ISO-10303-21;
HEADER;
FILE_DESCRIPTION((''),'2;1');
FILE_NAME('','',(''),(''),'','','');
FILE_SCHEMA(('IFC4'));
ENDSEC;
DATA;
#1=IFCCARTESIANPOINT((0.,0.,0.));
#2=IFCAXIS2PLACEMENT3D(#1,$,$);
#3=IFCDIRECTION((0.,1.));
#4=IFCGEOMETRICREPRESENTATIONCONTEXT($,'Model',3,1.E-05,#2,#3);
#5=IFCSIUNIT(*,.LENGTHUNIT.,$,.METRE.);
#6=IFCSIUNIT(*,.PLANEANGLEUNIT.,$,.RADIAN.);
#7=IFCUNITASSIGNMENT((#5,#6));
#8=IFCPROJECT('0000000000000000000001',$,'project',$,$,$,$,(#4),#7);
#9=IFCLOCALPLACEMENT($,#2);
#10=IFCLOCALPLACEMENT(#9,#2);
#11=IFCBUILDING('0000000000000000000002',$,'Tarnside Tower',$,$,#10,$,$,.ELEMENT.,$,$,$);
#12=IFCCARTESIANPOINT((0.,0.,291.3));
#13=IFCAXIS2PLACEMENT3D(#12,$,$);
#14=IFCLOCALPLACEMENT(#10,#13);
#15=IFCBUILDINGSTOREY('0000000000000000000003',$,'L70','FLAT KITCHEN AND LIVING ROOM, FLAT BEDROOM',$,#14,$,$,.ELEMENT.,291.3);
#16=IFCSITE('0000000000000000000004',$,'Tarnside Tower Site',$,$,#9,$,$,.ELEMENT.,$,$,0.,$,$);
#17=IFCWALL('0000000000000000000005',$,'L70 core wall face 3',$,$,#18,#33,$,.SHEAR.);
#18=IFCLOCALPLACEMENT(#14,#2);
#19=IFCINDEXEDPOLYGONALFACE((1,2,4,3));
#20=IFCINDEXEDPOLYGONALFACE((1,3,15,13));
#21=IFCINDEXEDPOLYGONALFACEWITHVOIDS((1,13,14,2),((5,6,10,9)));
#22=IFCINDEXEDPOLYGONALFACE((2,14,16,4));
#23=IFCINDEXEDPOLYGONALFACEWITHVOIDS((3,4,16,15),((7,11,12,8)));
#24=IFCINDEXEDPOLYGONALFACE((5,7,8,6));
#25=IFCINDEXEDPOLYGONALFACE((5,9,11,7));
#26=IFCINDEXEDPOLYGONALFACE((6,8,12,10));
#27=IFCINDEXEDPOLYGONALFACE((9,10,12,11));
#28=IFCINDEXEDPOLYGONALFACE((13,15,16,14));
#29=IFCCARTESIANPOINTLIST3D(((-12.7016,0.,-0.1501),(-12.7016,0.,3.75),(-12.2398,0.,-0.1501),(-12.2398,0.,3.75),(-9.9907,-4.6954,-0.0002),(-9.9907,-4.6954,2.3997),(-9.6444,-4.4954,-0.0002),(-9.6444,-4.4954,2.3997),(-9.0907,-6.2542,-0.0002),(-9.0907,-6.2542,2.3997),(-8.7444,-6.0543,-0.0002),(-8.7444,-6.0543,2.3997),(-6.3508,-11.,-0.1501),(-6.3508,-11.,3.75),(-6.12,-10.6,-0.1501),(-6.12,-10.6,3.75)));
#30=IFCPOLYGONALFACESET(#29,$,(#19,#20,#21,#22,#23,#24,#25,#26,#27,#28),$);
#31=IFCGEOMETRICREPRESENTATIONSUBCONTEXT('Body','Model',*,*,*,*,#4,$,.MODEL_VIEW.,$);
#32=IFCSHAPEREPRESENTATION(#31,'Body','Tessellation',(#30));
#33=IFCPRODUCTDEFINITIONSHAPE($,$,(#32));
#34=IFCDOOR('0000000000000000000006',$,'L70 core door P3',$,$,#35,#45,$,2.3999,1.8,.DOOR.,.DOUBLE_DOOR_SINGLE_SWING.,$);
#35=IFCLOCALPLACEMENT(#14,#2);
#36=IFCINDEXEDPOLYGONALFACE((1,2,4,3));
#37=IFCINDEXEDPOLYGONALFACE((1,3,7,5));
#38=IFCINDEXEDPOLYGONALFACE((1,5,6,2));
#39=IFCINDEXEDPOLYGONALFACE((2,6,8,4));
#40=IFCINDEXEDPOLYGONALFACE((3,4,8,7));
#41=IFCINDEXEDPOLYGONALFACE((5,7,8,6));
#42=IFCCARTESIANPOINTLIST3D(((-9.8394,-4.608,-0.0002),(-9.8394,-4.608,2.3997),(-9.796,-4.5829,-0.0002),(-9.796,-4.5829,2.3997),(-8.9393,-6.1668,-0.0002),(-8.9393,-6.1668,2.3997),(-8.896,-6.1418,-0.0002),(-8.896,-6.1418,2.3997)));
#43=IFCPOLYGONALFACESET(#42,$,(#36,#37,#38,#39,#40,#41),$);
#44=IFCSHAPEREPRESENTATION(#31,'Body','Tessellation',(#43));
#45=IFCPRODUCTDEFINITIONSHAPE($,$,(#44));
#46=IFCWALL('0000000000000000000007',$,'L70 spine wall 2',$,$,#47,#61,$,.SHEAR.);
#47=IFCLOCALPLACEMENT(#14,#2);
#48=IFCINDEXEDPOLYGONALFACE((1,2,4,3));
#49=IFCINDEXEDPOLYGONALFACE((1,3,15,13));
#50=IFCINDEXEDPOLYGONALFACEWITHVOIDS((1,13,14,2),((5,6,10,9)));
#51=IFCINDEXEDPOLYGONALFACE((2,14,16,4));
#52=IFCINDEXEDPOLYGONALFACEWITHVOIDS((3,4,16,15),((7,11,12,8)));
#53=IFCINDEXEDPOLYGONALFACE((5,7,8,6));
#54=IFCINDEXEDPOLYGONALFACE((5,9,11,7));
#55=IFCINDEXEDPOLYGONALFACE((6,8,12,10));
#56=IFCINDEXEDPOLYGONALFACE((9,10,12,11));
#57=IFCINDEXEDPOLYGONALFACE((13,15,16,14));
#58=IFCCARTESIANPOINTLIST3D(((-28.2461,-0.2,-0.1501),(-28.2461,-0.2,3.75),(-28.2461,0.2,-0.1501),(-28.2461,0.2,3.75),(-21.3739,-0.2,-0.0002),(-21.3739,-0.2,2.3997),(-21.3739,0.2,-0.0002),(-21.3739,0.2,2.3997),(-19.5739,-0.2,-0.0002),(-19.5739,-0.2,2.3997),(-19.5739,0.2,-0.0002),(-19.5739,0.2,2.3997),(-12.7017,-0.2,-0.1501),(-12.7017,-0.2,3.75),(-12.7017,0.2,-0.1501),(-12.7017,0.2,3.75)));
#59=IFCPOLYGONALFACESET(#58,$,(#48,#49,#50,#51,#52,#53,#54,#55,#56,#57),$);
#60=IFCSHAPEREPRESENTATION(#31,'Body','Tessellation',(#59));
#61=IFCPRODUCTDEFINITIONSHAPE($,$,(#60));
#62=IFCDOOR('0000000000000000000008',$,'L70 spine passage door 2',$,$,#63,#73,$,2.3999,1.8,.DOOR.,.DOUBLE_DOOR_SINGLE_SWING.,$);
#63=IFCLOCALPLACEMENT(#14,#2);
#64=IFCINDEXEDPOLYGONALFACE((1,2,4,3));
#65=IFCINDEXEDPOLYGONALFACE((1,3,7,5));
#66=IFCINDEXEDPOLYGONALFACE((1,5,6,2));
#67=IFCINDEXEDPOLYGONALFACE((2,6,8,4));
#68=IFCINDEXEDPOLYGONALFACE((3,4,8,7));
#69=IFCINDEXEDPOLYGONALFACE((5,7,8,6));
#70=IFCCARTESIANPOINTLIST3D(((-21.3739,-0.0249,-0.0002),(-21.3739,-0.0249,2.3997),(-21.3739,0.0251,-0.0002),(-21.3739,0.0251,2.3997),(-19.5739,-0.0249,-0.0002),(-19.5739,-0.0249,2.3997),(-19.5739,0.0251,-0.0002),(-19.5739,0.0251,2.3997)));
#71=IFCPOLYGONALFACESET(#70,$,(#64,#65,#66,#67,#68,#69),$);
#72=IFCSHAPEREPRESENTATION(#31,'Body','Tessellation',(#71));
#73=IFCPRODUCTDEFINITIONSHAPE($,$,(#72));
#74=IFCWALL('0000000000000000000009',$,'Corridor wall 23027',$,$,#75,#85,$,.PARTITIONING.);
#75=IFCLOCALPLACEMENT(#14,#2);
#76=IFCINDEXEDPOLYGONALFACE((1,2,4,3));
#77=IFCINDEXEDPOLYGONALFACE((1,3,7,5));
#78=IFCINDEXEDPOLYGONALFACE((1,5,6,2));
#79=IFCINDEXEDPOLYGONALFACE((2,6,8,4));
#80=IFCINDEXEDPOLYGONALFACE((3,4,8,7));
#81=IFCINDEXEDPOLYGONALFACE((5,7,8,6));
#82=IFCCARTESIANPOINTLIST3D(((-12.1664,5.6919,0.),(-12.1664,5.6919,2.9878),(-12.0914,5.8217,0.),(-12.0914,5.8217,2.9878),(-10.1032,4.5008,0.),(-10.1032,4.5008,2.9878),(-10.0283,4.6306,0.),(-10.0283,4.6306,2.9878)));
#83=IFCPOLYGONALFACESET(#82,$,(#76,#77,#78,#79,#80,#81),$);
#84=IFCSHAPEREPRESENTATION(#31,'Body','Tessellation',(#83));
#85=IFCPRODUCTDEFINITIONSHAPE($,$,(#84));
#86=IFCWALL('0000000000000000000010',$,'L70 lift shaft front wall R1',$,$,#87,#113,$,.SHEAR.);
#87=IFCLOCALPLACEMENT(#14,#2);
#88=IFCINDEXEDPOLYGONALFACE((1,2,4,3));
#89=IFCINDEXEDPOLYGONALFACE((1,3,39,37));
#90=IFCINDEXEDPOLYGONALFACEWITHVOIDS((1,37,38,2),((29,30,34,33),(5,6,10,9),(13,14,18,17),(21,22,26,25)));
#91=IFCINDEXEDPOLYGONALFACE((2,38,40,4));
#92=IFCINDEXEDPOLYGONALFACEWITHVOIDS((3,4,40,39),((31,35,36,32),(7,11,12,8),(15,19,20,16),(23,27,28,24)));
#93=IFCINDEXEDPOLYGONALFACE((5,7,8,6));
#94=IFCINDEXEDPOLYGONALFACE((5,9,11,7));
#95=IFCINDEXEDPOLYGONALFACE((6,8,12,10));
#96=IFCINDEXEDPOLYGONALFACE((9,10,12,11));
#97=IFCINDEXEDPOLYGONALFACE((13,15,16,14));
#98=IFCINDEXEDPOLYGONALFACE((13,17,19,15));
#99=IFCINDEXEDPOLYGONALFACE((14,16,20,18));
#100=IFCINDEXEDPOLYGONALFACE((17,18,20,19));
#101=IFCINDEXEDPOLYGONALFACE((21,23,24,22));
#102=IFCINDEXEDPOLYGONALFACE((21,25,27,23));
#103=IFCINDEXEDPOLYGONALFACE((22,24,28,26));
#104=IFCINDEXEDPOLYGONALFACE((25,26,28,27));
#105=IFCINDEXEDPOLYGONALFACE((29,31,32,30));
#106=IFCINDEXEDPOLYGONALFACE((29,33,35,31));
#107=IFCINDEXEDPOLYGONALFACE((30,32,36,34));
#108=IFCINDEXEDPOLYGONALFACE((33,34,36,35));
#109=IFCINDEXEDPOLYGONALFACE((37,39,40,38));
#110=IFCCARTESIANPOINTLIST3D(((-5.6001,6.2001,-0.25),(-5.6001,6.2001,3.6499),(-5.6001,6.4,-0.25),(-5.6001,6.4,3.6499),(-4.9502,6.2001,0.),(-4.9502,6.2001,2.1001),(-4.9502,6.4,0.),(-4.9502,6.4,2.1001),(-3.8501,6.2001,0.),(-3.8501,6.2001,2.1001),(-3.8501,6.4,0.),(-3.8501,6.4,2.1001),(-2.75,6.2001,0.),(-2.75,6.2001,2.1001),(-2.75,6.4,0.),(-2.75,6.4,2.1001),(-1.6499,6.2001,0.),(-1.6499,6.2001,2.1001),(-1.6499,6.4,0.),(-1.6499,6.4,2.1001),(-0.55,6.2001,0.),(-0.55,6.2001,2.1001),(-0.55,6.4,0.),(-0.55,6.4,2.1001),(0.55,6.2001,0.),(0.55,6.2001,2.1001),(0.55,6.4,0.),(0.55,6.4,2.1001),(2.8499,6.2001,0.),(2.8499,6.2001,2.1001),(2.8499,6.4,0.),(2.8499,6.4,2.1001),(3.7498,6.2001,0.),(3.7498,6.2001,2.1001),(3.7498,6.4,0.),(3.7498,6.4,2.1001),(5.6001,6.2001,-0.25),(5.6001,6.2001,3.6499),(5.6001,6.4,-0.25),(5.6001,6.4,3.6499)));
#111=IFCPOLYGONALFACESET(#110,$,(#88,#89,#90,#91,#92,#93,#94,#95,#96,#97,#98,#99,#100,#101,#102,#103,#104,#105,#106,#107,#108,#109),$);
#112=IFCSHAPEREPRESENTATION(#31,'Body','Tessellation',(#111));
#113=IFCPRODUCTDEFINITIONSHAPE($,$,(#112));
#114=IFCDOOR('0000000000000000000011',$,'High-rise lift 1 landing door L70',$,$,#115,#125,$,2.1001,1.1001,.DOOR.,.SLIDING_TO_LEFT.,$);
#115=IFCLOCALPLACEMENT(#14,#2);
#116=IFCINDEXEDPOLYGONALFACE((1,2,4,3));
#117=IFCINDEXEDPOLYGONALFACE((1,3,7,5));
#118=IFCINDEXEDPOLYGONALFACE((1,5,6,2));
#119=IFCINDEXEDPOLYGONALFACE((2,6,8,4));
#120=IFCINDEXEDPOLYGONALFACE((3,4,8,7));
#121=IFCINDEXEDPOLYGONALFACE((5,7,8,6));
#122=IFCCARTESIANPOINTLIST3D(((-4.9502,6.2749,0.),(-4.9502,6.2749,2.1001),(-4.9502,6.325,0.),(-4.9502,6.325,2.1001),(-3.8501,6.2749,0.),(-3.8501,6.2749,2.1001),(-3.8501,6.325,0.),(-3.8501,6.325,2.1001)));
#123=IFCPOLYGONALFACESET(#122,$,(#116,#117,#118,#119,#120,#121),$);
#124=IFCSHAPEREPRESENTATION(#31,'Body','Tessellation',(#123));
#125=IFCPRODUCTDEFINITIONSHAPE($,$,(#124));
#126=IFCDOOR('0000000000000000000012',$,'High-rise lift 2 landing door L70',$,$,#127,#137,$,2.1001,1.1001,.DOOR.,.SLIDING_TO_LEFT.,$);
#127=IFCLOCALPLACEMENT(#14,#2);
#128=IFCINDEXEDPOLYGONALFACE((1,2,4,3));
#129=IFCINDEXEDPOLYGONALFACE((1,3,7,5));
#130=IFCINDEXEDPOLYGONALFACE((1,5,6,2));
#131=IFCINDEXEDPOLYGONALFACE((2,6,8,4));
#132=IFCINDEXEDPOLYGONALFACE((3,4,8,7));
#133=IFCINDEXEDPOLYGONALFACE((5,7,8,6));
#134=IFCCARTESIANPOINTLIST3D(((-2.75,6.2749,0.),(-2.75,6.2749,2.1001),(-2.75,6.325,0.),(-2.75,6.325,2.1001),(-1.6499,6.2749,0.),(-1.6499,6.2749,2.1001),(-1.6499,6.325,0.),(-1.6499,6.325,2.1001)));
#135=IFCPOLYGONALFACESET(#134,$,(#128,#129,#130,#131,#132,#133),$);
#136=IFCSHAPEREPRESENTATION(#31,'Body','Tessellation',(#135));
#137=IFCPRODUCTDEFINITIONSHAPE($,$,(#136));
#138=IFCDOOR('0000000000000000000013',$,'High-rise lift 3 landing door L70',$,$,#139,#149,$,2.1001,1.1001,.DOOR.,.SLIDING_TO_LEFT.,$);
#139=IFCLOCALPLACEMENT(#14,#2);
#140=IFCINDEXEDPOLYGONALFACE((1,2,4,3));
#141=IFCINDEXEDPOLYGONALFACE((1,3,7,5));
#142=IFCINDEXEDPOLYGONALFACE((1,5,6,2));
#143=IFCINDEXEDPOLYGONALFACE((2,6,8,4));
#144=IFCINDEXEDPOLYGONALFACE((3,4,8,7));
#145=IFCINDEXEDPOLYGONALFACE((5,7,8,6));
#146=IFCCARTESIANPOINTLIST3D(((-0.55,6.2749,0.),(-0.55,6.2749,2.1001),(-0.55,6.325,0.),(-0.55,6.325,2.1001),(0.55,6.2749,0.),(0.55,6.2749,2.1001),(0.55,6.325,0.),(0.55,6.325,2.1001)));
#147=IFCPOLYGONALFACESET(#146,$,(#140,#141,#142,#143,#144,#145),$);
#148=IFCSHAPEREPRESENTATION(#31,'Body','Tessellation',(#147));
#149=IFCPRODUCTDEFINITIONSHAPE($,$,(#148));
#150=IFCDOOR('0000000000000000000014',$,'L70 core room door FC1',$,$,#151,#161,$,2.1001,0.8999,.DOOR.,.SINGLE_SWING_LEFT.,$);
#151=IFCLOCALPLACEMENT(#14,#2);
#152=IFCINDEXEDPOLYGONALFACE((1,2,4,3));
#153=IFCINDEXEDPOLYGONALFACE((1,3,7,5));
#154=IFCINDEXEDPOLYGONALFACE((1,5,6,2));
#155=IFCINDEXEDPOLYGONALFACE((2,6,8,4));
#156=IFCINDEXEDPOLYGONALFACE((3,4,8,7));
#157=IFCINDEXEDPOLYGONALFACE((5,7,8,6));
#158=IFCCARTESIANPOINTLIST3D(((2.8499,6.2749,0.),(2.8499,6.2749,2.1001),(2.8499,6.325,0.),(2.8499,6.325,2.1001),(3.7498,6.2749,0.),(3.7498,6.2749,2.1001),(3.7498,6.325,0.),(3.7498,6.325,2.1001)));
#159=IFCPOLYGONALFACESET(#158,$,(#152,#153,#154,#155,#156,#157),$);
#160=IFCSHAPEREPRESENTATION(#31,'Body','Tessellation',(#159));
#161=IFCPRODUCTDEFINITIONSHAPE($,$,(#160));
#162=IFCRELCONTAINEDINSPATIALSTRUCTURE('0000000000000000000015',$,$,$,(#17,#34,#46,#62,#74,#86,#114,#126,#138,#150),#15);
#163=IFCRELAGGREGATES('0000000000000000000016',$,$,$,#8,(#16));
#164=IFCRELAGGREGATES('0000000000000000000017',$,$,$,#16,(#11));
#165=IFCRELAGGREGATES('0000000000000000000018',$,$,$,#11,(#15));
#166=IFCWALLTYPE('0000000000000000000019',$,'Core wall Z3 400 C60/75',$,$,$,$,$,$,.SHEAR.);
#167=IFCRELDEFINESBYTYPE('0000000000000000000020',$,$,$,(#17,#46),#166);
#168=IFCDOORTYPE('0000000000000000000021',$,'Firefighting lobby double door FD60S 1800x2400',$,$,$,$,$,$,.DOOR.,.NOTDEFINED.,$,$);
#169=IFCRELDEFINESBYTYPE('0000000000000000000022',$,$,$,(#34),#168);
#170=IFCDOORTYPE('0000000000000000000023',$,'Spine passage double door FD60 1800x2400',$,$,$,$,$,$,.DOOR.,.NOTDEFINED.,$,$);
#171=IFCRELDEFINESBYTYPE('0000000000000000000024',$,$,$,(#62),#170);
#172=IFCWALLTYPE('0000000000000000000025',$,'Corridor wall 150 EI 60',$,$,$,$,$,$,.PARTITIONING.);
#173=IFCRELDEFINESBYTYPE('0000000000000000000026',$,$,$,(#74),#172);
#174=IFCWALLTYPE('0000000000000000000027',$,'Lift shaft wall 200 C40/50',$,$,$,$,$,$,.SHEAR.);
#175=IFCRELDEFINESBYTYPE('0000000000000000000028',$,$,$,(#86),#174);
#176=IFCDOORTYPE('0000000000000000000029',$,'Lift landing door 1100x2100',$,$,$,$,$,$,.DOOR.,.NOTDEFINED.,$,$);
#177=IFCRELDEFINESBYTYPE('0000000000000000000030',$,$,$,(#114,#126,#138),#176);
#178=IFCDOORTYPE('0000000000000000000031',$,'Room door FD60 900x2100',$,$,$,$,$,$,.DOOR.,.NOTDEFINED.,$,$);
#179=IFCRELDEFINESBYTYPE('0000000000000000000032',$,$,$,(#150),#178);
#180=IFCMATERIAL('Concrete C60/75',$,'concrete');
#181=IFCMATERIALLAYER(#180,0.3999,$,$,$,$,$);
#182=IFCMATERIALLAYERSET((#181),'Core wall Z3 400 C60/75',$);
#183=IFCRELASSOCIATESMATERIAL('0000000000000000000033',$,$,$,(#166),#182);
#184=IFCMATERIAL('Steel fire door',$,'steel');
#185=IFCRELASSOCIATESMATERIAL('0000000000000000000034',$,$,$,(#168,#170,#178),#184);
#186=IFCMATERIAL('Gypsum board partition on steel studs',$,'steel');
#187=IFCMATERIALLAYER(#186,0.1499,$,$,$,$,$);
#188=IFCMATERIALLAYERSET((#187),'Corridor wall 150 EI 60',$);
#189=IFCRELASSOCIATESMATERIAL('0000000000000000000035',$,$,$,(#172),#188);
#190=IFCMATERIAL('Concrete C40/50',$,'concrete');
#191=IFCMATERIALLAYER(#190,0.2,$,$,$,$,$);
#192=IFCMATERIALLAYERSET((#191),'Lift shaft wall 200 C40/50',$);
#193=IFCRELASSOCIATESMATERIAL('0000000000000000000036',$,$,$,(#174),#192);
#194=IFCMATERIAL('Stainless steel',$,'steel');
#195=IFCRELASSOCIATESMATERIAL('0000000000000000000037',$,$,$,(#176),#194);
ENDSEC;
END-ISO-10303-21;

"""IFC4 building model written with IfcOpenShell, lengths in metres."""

from ifc_helpers import new_model, si_unit, direction, frame, frame_2d, origin, place, context, subcontext, project, spatial, polyline, rectangle, outline, extrude, material, layer, layer_set, type_object, element, fill, save


model = new_model("IFC4")

# Units and contexts
model_context = context("Model", 3, precision=1e-05, world=origin(), true_north=direction((0.0, 1.0)))
body_context = subcontext(model_context, "Body", "Model", "MODEL_VIEW")
ifc_project = project(units=[si_unit("LENGTHUNIT", "METRE"), si_unit("PLANEANGLEUNIT", "RADIAN")], contexts=[model_context])

# Site, building, storey
site_placement = place(None, origin())
site = spatial("IfcSite", under=ifc_project, at=site_placement, Name="Tarnside Tower Site", CompositionType="ELEMENT", RefElevation=0.0)
building_placement = place(site_placement, origin())
building = spatial("IfcBuilding", under=site, at=building_placement, Name="Tarnside Tower", CompositionType="ELEMENT")
storey_placement = place(building_placement, frame((0.0, 0.0, 291.3)))
storey = spatial("IfcBuildingStorey", under=building, at=storey_placement, Name="L70", Description="FLAT KITCHEN AND LIVING ROOM, FLAT BEDROOM", CompositionType="ELEMENT", Elevation=291.3)

# Walls, openings, doors
ifc_material_1 = material(Name="Concrete C60/75", Category="concrete")
ifc_layer_1 = layer(ifc_material_1, 0.3999)
ifc_layer_set_1 = layer_set([ifc_layer_1], Name="Core wall Z3 400 C60/75")
wall_type_1 = type_object("IfcWallType", Name="Core wall Z3 400 C60/75", PredefinedType="SHEAR", material=ifc_layer_set_1)
wall_1_placement = place(storey_placement, frame((-12.4707, 0.0, -0.1501), z_axis=(0.0, 0.0, 1.0), x_axis=(0.499996, -0.866027, 0.0)))
wall_1 = element("IfcWall", 1, at=wall_1_placement, inside=storey, type_object=wall_type_1, Name="L70 core wall face 3", PredefinedType="SHEAR", context=body_context, shape_type="SweptSolid", body=[
    extrude(outline(polyline([(-0.1155, -0.2), (12.5862, -0.2), (12.3552, 0.2), (0.1155, 0.2), (-0.1155, -0.2)])), origin(), (0.0, 0.0, 1.0), 3.9001),
])
opening_1_placement = place(wall_1_placement, frame((5.3064, 0.0, 0.1499)))
opening_1 = element("IfcOpeningElement", 2, at=opening_1_placement, cuts=wall_1, PredefinedType="OPENING", context=body_context, shape_type="SweptSolid", body=[
    extrude(rectangle(XDim=1.8, YDim=2.3999, at=frame_2d((0.8999, 1.2))), frame((0.0, 0.21, 0.0), z_axis=(0.0, -1.0, 0.0), x_axis=(1.0, 0.0, 0.0)), (0.0, 0.0, 1.0), 0.4199),
])
ifc_material_2 = material(Name="Steel fire door", Category="steel")
door_type_1 = type_object("IfcDoorType", Name="Firefighting lobby double door FD60S 1800x2400", OperationType="NOTDEFINED", PredefinedType="DOOR", material=ifc_material_2)
door_1_placement = place(opening_1_placement, origin())
door_1 = element("IfcDoor", 3, at=door_1_placement, inside=storey, type_object=door_type_1, Name="L70 core door P3", OperationType="DOUBLE_DOOR_SINGLE_SWING", OverallHeight=2.3999, OverallWidth=1.8, PredefinedType="DOOR", context=body_context, shape_type="SweptSolid", body=[
    extrude(rectangle(XDim=1.8, YDim=2.3999, at=frame_2d((0.8999, 1.2))), frame((0.0, 0.0249, 0.0), z_axis=(0.0, -1.0, 0.0), x_axis=(1.0, 0.0, 0.0)), (0.0, 0.0, 1.0), 0.05),
])
fill(opening_1, door_1)
wall_2_placement = place(storey_placement, frame((-12.7017, 0.0, -0.1501), z_axis=(0.0, 0.0, 1.0), x_axis=(-1.0, 0.0, 0.0)))
wall_2 = element("IfcWall", 4, at=wall_2_placement, inside=storey, type_object=wall_type_1, Name="L70 spine wall 2", PredefinedType="SHEAR", context=body_context, shape_type="SweptSolid", body=[
    extrude(rectangle(XDim=15.5444, YDim=0.3999, at=frame_2d((7.7722, 0.0))), origin(), (0.0, 0.0, 1.0), 3.9001),
])
opening_2_placement = place(wall_2_placement, frame((6.8723, 0.0, 0.1499)))
opening_2 = element("IfcOpeningElement", 5, at=opening_2_placement, cuts=wall_2, PredefinedType="OPENING", context=body_context, shape_type="SweptSolid", body=[
    extrude(rectangle(XDim=1.8, YDim=2.3999, at=frame_2d((0.8999, 1.2))), frame((0.0, 0.21, 0.0), z_axis=(0.0, -1.0, 0.0), x_axis=(1.0, 0.0, 0.0)), (0.0, 0.0, 1.0), 0.4199),
])
door_type_2 = type_object("IfcDoorType", Name="Spine passage double door FD60 1800x2400", OperationType="NOTDEFINED", PredefinedType="DOOR", material=ifc_material_2)
door_2_placement = place(opening_2_placement, origin())
door_2 = element("IfcDoor", 6, at=door_2_placement, inside=storey, type_object=door_type_2, Name="L70 spine passage door 2", OperationType="DOUBLE_DOOR_SINGLE_SWING", OverallHeight=2.3999, OverallWidth=1.8, PredefinedType="DOOR", context=body_context, shape_type="SweptSolid", body=[
    extrude(rectangle(XDim=1.8, YDim=2.3999, at=frame_2d((0.8999, 1.2))), frame((0.0, 0.0249, 0.0), z_axis=(0.0, -1.0, 0.0), x_axis=(1.0, 0.0, 0.0)), (0.0, 0.0, 1.0), 0.05),
])
fill(opening_2, door_2)

# Wall
ifc_material_3 = material(Name="Gypsum board partition on steel studs", Category="steel")
ifc_layer_2 = layer(ifc_material_3, 0.1499)
ifc_layer_set_2 = layer_set([ifc_layer_2], Name="Corridor wall 150 EI 60")
wall_type_2 = type_object("IfcWallType", Name="Corridor wall 150 EI 60", PredefinedType="PARTITIONING", material=ifc_layer_set_2)
wall_3_placement = place(storey_placement, frame((-12.1289, 5.7568, 0.0), z_axis=(0.0, 0.0, 1.0), x_axis=(0.866034, -0.499986, 0.0)))
element("IfcWall", 7, at=wall_3_placement, inside=storey, type_object=wall_type_2, Name="Corridor wall 23027", PredefinedType="PARTITIONING", context=body_context, shape_type="SweptSolid", body=[
    extrude(rectangle(XDim=2.3823, YDim=0.1499, at=frame_2d((1.1912, 0.0))), origin(), (0.0, 0.0, 1.0), 2.9878),
])

# Wall, openings, doors
ifc_material_4 = material(Name="Concrete C40/50", Category="concrete")
ifc_layer_3 = layer(ifc_material_4, 0.2)
ifc_layer_set_3 = layer_set([ifc_layer_3], Name="Lift shaft wall 200 C40/50")
wall_type_3 = type_object("IfcWallType", Name="Lift shaft wall 200 C40/50", PredefinedType="SHEAR", material=ifc_layer_set_3)
wall_4_placement = place(storey_placement, frame((-5.6001, 6.3, -0.25), z_axis=(0.0, 0.0, 1.0), x_axis=(1.0, 0.0, 0.0)))
wall_4 = element("IfcWall", 8, at=wall_4_placement, inside=storey, type_object=wall_type_3, Name="L70 lift shaft front wall R1", PredefinedType="SHEAR", context=body_context, shape_type="SweptSolid", body=[
    extrude(rectangle(XDim=11.2002, YDim=0.2, at=frame_2d((5.6001, 0.0))), origin(), (0.0, 0.0, 1.0), 3.8999),
])
opening_3_placement = place(wall_4_placement, frame((8.45, 0.0, 0.25)))
opening_3 = element("IfcOpeningElement", 9, at=opening_3_placement, cuts=wall_4, PredefinedType="OPENING", context=body_context, shape_type="SweptSolid", body=[
    extrude(rectangle(XDim=0.8999, YDim=2.1001, at=frame_2d((0.45, 1.05))), frame((0.0, 0.1099, 0.0), z_axis=(0.0, -1.0, 0.0), x_axis=(1.0, 0.0, 0.0)), (0.0, 0.0, 1.0), 0.22),
])
opening_4_placement = place(wall_4_placement, frame((0.6499, 0.0, 0.25)))
opening_4 = element("IfcOpeningElement", 10, at=opening_4_placement, cuts=wall_4, PredefinedType="OPENING", context=body_context, shape_type="SweptSolid", body=[
    extrude(rectangle(XDim=1.1001, YDim=2.1001, at=frame_2d((0.55, 1.05))), frame((0.0, 0.1099, 0.0), z_axis=(0.0, -1.0, 0.0), x_axis=(1.0, 0.0, 0.0)), (0.0, 0.0, 1.0), 0.22),
])
opening_5_placement = place(wall_4_placement, frame((2.8501, 0.0, 0.25)))
opening_5 = element("IfcOpeningElement", 11, at=opening_5_placement, cuts=wall_4, PredefinedType="OPENING", context=body_context, shape_type="SweptSolid", body=[
    extrude(rectangle(XDim=1.1001, YDim=2.1001, at=frame_2d((0.55, 1.05))), frame((0.0, 0.1099, 0.0), z_axis=(0.0, -1.0, 0.0), x_axis=(1.0, 0.0, 0.0)), (0.0, 0.0, 1.0), 0.22),
])
opening_6_placement = place(wall_4_placement, frame((5.05, 0.0, 0.25)))
opening_6 = element("IfcOpeningElement", 12, at=opening_6_placement, cuts=wall_4, PredefinedType="OPENING", context=body_context, shape_type="SweptSolid", body=[
    extrude(rectangle(XDim=1.1001, YDim=2.1001, at=frame_2d((0.55, 1.05))), frame((0.0, 0.1099, 0.0), z_axis=(0.0, -1.0, 0.0), x_axis=(1.0, 0.0, 0.0)), (0.0, 0.0, 1.0), 0.22),
])
ifc_material_5 = material(Name="Stainless steel", Category="steel")
door_type_3 = type_object("IfcDoorType", Name="Lift landing door 1100x2100", OperationType="NOTDEFINED", PredefinedType="DOOR", material=ifc_material_5)
door_3_placement = place(opening_4_placement, origin())
door_3 = element("IfcDoor", 13, at=door_3_placement, inside=storey, type_object=door_type_3, Name="High-rise lift 1 landing door L70", OperationType="SLIDING_TO_LEFT", OverallHeight=2.1001, OverallWidth=1.1001, PredefinedType="DOOR", context=body_context, shape_type="SweptSolid", body=[
    extrude(rectangle(XDim=1.1001, YDim=2.1001, at=frame_2d((0.55, 1.05))), frame((0.0, 0.0249, 0.0), z_axis=(0.0, -1.0, 0.0), x_axis=(1.0, 0.0, 0.0)), (0.0, 0.0, 1.0), 0.05),
])
fill(opening_4, door_3)
door_4_placement = place(opening_5_placement, origin())
door_4 = element("IfcDoor", 14, at=door_4_placement, inside=storey, type_object=door_type_3, Name="High-rise lift 2 landing door L70", OperationType="SLIDING_TO_LEFT", OverallHeight=2.1001, OverallWidth=1.1001, PredefinedType="DOOR", context=body_context, shape_type="SweptSolid", body=[
    extrude(rectangle(XDim=1.1001, YDim=2.1001, at=frame_2d((0.55, 1.05))), frame((0.0, 0.0249, 0.0), z_axis=(0.0, -1.0, 0.0), x_axis=(1.0, 0.0, 0.0)), (0.0, 0.0, 1.0), 0.05),
])
fill(opening_5, door_4)
door_5_placement = place(opening_6_placement, origin())
door_5 = element("IfcDoor", 15, at=door_5_placement, inside=storey, type_object=door_type_3, Name="High-rise lift 3 landing door L70", OperationType="SLIDING_TO_LEFT", OverallHeight=2.1001, OverallWidth=1.1001, PredefinedType="DOOR", context=body_context, shape_type="SweptSolid", body=[
    extrude(rectangle(XDim=1.1001, YDim=2.1001, at=frame_2d((0.55, 1.05))), frame((0.0, 0.0249, 0.0), z_axis=(0.0, -1.0, 0.0), x_axis=(1.0, 0.0, 0.0)), (0.0, 0.0, 1.0), 0.05),
])
fill(opening_6, door_5)
door_type_4 = type_object("IfcDoorType", Name="Room door FD60 900x2100", OperationType="NOTDEFINED", PredefinedType="DOOR", material=ifc_material_2)
door_6_placement = place(opening_3_placement, origin())
door_6 = element("IfcDoor", 16, at=door_6_placement, inside=storey, type_object=door_type_4, Name="L70 core room door FC1", OperationType="SINGLE_SWING_LEFT", OverallHeight=2.1001, OverallWidth=0.8999, PredefinedType="DOOR", context=body_context, shape_type="SweptSolid", body=[
    extrude(rectangle(XDim=0.8999, YDim=2.1001, at=frame_2d((0.45, 1.05))), frame((0.0, 0.0249, 0.0), z_axis=(0.0, -1.0, 0.0), x_axis=(1.0, 0.0, 0.0)), (0.0, 0.0, 1.0), 0.05),
])
fill(opening_3, door_6)

save(model, "model.ifc")
